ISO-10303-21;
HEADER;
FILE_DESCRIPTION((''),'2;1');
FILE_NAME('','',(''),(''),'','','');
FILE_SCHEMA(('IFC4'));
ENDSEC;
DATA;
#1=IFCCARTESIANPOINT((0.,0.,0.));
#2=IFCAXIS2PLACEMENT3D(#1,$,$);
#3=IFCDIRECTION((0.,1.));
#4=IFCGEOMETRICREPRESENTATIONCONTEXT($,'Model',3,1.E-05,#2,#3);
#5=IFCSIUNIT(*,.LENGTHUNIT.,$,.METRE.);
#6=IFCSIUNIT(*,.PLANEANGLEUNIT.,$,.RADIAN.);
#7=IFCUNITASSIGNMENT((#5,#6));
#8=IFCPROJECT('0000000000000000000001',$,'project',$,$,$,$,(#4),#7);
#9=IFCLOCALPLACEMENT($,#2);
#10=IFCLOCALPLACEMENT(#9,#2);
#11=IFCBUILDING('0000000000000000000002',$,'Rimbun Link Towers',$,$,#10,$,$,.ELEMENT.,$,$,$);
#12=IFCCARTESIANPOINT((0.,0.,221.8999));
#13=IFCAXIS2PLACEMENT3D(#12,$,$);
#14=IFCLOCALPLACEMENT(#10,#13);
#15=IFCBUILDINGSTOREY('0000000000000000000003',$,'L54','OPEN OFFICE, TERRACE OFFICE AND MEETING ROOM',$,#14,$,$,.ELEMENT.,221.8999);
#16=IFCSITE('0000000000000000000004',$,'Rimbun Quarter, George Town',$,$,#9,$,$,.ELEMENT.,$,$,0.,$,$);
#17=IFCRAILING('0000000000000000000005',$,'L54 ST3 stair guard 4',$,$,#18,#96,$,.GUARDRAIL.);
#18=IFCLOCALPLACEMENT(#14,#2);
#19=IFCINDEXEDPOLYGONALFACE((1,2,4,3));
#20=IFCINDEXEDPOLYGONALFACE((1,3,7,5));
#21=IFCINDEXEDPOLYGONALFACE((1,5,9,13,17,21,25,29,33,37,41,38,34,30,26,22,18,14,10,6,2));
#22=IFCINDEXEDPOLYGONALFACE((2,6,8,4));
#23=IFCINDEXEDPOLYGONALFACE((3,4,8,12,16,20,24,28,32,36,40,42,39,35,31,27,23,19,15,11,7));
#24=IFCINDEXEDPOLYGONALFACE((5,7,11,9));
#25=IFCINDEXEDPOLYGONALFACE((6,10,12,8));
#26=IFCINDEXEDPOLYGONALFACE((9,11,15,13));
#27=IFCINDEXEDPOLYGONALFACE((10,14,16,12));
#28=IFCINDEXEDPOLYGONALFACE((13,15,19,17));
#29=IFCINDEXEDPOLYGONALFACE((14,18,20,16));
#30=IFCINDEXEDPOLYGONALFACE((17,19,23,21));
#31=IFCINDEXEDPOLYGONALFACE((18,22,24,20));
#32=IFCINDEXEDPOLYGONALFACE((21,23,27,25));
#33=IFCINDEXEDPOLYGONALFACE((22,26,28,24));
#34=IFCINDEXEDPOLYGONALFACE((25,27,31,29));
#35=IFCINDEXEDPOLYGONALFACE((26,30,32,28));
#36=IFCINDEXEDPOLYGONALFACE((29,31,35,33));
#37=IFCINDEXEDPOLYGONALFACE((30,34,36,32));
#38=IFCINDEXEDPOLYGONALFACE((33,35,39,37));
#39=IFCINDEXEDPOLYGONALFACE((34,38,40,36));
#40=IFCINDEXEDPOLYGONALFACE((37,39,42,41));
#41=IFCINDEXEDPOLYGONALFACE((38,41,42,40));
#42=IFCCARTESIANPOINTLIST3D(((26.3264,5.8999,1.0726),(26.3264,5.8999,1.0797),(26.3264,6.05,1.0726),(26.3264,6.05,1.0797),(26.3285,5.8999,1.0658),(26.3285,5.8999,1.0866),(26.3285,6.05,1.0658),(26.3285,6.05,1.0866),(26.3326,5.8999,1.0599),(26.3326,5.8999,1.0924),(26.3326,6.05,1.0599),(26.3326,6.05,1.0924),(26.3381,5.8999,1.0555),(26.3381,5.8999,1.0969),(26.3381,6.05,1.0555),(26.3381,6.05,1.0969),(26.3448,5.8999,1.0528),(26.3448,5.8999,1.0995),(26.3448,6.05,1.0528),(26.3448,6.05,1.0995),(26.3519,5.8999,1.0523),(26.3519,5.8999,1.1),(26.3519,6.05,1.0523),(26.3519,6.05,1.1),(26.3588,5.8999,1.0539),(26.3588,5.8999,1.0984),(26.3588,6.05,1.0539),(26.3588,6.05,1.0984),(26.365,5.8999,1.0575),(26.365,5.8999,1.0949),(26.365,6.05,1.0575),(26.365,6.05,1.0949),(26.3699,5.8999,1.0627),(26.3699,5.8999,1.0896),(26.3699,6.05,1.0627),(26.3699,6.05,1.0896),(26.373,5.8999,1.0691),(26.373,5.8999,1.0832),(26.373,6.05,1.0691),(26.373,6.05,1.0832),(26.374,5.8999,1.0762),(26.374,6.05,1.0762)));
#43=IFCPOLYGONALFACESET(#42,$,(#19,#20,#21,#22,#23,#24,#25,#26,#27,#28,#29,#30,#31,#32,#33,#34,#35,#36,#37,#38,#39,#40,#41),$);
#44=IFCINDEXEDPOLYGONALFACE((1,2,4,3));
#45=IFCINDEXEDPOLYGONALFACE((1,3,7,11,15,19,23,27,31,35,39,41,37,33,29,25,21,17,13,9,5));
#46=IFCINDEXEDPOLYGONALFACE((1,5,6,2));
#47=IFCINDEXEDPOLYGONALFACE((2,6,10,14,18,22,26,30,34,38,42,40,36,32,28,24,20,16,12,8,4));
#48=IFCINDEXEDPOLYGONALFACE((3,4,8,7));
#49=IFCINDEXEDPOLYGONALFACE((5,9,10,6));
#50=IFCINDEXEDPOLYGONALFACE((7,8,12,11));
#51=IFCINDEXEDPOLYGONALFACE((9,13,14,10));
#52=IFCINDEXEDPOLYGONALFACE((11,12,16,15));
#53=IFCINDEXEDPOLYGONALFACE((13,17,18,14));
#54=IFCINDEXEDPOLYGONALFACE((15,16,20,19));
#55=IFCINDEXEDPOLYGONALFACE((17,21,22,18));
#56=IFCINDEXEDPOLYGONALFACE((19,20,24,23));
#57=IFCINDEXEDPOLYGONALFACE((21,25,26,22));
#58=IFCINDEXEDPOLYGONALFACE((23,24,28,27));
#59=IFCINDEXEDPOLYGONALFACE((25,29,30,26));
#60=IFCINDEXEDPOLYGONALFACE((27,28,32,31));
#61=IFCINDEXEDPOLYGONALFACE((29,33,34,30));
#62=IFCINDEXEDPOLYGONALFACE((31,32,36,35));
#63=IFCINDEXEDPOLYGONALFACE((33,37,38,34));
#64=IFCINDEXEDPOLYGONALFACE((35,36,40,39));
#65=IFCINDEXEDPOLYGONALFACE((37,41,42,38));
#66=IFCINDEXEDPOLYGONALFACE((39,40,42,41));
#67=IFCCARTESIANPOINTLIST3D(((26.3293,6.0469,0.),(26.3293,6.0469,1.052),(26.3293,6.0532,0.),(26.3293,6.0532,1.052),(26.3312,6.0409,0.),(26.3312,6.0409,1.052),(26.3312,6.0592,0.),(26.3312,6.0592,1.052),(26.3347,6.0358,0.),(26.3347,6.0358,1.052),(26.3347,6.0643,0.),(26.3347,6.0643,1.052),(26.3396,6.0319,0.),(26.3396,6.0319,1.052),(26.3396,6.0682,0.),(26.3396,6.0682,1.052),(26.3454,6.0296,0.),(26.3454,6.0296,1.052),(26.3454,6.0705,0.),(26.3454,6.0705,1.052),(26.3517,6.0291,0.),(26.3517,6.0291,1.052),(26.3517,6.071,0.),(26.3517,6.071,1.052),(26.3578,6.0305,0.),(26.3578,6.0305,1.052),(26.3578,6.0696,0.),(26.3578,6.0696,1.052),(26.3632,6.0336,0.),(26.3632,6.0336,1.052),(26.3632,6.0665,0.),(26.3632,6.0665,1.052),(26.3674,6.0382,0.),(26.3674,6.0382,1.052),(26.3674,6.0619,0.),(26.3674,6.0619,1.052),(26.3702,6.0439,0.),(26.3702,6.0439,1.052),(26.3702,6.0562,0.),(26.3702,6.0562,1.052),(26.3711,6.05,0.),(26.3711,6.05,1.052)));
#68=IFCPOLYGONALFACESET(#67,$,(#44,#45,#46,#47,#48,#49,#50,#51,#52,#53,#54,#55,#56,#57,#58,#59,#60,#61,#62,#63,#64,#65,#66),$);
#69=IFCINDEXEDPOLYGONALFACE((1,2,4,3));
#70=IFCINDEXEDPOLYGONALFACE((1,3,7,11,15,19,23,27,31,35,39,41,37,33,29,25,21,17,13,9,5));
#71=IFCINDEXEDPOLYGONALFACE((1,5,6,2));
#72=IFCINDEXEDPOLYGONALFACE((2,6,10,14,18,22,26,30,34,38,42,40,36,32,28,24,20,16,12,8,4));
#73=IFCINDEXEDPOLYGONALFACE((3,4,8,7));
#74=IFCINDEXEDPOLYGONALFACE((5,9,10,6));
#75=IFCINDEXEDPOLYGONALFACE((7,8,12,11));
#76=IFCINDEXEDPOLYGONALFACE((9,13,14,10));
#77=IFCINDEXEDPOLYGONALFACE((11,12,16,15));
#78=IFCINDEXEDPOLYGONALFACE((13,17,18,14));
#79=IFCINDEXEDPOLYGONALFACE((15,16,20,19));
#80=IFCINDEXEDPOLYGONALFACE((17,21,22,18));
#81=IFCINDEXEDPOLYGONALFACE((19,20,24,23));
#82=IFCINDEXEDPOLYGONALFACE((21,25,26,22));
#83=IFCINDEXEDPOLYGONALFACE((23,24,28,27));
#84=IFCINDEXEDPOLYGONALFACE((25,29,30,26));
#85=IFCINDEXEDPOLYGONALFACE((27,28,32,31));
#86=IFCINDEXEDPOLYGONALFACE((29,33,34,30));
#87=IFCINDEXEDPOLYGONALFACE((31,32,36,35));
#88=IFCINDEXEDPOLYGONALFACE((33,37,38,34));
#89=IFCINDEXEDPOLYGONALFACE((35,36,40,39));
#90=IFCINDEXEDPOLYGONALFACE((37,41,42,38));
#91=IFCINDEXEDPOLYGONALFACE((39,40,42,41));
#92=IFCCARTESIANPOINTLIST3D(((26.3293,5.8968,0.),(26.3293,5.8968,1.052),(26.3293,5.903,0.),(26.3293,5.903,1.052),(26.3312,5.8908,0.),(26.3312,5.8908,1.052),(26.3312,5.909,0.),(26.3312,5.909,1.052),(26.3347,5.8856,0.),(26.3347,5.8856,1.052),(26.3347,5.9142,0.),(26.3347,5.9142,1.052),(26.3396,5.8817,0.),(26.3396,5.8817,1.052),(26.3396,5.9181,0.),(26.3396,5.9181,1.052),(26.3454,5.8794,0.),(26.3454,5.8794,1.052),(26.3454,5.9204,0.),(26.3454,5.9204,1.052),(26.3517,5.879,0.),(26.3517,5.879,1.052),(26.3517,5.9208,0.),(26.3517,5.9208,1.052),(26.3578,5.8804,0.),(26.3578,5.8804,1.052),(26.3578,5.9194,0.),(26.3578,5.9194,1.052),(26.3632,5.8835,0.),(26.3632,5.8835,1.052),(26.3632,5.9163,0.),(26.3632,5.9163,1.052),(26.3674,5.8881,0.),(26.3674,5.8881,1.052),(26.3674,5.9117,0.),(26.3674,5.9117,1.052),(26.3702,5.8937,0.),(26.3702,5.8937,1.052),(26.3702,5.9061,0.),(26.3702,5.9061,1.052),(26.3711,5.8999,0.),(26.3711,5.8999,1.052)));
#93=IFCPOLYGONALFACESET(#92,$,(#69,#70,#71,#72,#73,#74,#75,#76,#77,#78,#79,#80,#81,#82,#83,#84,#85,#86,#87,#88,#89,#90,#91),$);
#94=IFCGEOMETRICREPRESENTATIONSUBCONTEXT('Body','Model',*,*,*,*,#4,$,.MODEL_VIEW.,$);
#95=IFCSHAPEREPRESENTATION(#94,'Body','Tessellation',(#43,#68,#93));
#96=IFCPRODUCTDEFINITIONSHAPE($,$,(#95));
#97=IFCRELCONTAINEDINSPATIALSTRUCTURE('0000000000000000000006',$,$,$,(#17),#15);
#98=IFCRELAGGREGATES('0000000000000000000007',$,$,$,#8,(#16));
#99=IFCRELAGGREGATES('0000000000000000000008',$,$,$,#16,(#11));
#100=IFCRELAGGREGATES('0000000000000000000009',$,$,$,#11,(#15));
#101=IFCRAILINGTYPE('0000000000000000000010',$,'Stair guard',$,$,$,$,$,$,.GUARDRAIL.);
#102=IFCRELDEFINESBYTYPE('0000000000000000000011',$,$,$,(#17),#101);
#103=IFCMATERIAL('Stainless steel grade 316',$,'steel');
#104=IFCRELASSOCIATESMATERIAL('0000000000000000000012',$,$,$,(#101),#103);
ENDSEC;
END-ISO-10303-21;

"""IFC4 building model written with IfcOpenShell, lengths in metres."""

from ifc_helpers import new_model, si_unit, direction, frame, origin, origin_2d, place, context, subcontext, project, spatial, circle, extrude, material, type_object, element, save


model = new_model("IFC4")

# Units and contexts
model_context = context("Model", 3, precision=1e-05, world=origin(), true_north=direction((0.0, 1.0)))
body_context = subcontext(model_context, "Body", "Model", "MODEL_VIEW")
ifc_project = project(units=[si_unit("LENGTHUNIT", "METRE"), si_unit("PLANEANGLEUNIT", "RADIAN")], contexts=[model_context])

# Site, building, storey
site_placement = place(None, origin())
site = spatial("IfcSite", under=ifc_project, at=site_placement, Name="Rimbun Quarter, George Town", CompositionType="ELEMENT", RefElevation=0.0)
building_placement = place(site_placement, origin())
building = spatial("IfcBuilding", under=site, at=building_placement, Name="Rimbun Link Towers", CompositionType="ELEMENT")
storey_placement = place(building_placement, frame((0.0, 0.0, 221.8999)))
storey = spatial("IfcBuildingStorey", under=building, at=storey_placement, Name="L54", Description="OPEN OFFICE, TERRACE OFFICE AND MEETING ROOM", CompositionType="ELEMENT", Elevation=221.8999)

# Railing
ifc_material_1 = material(Name="Stainless steel grade 316", Category="steel")
railing_type_1 = type_object("IfcRailingType", Name="Stair guard", PredefinedType="GUARDRAIL", material=ifc_material_1)
railing_1_placement = place(storey_placement, frame((26.3501, 6.05, 0.0)))
element("IfcRailing", 1, at=railing_1_placement, inside=storey, type_object=railing_type_1, Name="L54 ST3 stair guard 4", PredefinedType="GUARDRAIL", context=body_context, shape_type="SweptSolid", body=[
    extrude(circle(Radius=0.0239, at=origin_2d()), frame((0.0, 0.0, 1.0762), z_axis=(0.0, -1.0, 0.0), x_axis=(1.0, 0.0, 0.0)), (0.0, 0.0, 1.0), 0.1501),
    extrude(circle(Radius=0.021, at=origin_2d()), origin(), (0.0, 0.0, 1.0), 1.052),
    extrude(circle(Radius=0.021, at=origin_2d()), frame((0.0, -0.1501, 0.0)), (0.0, 0.0, 1.0), 1.052),
])

save(model, "model.ifc")
